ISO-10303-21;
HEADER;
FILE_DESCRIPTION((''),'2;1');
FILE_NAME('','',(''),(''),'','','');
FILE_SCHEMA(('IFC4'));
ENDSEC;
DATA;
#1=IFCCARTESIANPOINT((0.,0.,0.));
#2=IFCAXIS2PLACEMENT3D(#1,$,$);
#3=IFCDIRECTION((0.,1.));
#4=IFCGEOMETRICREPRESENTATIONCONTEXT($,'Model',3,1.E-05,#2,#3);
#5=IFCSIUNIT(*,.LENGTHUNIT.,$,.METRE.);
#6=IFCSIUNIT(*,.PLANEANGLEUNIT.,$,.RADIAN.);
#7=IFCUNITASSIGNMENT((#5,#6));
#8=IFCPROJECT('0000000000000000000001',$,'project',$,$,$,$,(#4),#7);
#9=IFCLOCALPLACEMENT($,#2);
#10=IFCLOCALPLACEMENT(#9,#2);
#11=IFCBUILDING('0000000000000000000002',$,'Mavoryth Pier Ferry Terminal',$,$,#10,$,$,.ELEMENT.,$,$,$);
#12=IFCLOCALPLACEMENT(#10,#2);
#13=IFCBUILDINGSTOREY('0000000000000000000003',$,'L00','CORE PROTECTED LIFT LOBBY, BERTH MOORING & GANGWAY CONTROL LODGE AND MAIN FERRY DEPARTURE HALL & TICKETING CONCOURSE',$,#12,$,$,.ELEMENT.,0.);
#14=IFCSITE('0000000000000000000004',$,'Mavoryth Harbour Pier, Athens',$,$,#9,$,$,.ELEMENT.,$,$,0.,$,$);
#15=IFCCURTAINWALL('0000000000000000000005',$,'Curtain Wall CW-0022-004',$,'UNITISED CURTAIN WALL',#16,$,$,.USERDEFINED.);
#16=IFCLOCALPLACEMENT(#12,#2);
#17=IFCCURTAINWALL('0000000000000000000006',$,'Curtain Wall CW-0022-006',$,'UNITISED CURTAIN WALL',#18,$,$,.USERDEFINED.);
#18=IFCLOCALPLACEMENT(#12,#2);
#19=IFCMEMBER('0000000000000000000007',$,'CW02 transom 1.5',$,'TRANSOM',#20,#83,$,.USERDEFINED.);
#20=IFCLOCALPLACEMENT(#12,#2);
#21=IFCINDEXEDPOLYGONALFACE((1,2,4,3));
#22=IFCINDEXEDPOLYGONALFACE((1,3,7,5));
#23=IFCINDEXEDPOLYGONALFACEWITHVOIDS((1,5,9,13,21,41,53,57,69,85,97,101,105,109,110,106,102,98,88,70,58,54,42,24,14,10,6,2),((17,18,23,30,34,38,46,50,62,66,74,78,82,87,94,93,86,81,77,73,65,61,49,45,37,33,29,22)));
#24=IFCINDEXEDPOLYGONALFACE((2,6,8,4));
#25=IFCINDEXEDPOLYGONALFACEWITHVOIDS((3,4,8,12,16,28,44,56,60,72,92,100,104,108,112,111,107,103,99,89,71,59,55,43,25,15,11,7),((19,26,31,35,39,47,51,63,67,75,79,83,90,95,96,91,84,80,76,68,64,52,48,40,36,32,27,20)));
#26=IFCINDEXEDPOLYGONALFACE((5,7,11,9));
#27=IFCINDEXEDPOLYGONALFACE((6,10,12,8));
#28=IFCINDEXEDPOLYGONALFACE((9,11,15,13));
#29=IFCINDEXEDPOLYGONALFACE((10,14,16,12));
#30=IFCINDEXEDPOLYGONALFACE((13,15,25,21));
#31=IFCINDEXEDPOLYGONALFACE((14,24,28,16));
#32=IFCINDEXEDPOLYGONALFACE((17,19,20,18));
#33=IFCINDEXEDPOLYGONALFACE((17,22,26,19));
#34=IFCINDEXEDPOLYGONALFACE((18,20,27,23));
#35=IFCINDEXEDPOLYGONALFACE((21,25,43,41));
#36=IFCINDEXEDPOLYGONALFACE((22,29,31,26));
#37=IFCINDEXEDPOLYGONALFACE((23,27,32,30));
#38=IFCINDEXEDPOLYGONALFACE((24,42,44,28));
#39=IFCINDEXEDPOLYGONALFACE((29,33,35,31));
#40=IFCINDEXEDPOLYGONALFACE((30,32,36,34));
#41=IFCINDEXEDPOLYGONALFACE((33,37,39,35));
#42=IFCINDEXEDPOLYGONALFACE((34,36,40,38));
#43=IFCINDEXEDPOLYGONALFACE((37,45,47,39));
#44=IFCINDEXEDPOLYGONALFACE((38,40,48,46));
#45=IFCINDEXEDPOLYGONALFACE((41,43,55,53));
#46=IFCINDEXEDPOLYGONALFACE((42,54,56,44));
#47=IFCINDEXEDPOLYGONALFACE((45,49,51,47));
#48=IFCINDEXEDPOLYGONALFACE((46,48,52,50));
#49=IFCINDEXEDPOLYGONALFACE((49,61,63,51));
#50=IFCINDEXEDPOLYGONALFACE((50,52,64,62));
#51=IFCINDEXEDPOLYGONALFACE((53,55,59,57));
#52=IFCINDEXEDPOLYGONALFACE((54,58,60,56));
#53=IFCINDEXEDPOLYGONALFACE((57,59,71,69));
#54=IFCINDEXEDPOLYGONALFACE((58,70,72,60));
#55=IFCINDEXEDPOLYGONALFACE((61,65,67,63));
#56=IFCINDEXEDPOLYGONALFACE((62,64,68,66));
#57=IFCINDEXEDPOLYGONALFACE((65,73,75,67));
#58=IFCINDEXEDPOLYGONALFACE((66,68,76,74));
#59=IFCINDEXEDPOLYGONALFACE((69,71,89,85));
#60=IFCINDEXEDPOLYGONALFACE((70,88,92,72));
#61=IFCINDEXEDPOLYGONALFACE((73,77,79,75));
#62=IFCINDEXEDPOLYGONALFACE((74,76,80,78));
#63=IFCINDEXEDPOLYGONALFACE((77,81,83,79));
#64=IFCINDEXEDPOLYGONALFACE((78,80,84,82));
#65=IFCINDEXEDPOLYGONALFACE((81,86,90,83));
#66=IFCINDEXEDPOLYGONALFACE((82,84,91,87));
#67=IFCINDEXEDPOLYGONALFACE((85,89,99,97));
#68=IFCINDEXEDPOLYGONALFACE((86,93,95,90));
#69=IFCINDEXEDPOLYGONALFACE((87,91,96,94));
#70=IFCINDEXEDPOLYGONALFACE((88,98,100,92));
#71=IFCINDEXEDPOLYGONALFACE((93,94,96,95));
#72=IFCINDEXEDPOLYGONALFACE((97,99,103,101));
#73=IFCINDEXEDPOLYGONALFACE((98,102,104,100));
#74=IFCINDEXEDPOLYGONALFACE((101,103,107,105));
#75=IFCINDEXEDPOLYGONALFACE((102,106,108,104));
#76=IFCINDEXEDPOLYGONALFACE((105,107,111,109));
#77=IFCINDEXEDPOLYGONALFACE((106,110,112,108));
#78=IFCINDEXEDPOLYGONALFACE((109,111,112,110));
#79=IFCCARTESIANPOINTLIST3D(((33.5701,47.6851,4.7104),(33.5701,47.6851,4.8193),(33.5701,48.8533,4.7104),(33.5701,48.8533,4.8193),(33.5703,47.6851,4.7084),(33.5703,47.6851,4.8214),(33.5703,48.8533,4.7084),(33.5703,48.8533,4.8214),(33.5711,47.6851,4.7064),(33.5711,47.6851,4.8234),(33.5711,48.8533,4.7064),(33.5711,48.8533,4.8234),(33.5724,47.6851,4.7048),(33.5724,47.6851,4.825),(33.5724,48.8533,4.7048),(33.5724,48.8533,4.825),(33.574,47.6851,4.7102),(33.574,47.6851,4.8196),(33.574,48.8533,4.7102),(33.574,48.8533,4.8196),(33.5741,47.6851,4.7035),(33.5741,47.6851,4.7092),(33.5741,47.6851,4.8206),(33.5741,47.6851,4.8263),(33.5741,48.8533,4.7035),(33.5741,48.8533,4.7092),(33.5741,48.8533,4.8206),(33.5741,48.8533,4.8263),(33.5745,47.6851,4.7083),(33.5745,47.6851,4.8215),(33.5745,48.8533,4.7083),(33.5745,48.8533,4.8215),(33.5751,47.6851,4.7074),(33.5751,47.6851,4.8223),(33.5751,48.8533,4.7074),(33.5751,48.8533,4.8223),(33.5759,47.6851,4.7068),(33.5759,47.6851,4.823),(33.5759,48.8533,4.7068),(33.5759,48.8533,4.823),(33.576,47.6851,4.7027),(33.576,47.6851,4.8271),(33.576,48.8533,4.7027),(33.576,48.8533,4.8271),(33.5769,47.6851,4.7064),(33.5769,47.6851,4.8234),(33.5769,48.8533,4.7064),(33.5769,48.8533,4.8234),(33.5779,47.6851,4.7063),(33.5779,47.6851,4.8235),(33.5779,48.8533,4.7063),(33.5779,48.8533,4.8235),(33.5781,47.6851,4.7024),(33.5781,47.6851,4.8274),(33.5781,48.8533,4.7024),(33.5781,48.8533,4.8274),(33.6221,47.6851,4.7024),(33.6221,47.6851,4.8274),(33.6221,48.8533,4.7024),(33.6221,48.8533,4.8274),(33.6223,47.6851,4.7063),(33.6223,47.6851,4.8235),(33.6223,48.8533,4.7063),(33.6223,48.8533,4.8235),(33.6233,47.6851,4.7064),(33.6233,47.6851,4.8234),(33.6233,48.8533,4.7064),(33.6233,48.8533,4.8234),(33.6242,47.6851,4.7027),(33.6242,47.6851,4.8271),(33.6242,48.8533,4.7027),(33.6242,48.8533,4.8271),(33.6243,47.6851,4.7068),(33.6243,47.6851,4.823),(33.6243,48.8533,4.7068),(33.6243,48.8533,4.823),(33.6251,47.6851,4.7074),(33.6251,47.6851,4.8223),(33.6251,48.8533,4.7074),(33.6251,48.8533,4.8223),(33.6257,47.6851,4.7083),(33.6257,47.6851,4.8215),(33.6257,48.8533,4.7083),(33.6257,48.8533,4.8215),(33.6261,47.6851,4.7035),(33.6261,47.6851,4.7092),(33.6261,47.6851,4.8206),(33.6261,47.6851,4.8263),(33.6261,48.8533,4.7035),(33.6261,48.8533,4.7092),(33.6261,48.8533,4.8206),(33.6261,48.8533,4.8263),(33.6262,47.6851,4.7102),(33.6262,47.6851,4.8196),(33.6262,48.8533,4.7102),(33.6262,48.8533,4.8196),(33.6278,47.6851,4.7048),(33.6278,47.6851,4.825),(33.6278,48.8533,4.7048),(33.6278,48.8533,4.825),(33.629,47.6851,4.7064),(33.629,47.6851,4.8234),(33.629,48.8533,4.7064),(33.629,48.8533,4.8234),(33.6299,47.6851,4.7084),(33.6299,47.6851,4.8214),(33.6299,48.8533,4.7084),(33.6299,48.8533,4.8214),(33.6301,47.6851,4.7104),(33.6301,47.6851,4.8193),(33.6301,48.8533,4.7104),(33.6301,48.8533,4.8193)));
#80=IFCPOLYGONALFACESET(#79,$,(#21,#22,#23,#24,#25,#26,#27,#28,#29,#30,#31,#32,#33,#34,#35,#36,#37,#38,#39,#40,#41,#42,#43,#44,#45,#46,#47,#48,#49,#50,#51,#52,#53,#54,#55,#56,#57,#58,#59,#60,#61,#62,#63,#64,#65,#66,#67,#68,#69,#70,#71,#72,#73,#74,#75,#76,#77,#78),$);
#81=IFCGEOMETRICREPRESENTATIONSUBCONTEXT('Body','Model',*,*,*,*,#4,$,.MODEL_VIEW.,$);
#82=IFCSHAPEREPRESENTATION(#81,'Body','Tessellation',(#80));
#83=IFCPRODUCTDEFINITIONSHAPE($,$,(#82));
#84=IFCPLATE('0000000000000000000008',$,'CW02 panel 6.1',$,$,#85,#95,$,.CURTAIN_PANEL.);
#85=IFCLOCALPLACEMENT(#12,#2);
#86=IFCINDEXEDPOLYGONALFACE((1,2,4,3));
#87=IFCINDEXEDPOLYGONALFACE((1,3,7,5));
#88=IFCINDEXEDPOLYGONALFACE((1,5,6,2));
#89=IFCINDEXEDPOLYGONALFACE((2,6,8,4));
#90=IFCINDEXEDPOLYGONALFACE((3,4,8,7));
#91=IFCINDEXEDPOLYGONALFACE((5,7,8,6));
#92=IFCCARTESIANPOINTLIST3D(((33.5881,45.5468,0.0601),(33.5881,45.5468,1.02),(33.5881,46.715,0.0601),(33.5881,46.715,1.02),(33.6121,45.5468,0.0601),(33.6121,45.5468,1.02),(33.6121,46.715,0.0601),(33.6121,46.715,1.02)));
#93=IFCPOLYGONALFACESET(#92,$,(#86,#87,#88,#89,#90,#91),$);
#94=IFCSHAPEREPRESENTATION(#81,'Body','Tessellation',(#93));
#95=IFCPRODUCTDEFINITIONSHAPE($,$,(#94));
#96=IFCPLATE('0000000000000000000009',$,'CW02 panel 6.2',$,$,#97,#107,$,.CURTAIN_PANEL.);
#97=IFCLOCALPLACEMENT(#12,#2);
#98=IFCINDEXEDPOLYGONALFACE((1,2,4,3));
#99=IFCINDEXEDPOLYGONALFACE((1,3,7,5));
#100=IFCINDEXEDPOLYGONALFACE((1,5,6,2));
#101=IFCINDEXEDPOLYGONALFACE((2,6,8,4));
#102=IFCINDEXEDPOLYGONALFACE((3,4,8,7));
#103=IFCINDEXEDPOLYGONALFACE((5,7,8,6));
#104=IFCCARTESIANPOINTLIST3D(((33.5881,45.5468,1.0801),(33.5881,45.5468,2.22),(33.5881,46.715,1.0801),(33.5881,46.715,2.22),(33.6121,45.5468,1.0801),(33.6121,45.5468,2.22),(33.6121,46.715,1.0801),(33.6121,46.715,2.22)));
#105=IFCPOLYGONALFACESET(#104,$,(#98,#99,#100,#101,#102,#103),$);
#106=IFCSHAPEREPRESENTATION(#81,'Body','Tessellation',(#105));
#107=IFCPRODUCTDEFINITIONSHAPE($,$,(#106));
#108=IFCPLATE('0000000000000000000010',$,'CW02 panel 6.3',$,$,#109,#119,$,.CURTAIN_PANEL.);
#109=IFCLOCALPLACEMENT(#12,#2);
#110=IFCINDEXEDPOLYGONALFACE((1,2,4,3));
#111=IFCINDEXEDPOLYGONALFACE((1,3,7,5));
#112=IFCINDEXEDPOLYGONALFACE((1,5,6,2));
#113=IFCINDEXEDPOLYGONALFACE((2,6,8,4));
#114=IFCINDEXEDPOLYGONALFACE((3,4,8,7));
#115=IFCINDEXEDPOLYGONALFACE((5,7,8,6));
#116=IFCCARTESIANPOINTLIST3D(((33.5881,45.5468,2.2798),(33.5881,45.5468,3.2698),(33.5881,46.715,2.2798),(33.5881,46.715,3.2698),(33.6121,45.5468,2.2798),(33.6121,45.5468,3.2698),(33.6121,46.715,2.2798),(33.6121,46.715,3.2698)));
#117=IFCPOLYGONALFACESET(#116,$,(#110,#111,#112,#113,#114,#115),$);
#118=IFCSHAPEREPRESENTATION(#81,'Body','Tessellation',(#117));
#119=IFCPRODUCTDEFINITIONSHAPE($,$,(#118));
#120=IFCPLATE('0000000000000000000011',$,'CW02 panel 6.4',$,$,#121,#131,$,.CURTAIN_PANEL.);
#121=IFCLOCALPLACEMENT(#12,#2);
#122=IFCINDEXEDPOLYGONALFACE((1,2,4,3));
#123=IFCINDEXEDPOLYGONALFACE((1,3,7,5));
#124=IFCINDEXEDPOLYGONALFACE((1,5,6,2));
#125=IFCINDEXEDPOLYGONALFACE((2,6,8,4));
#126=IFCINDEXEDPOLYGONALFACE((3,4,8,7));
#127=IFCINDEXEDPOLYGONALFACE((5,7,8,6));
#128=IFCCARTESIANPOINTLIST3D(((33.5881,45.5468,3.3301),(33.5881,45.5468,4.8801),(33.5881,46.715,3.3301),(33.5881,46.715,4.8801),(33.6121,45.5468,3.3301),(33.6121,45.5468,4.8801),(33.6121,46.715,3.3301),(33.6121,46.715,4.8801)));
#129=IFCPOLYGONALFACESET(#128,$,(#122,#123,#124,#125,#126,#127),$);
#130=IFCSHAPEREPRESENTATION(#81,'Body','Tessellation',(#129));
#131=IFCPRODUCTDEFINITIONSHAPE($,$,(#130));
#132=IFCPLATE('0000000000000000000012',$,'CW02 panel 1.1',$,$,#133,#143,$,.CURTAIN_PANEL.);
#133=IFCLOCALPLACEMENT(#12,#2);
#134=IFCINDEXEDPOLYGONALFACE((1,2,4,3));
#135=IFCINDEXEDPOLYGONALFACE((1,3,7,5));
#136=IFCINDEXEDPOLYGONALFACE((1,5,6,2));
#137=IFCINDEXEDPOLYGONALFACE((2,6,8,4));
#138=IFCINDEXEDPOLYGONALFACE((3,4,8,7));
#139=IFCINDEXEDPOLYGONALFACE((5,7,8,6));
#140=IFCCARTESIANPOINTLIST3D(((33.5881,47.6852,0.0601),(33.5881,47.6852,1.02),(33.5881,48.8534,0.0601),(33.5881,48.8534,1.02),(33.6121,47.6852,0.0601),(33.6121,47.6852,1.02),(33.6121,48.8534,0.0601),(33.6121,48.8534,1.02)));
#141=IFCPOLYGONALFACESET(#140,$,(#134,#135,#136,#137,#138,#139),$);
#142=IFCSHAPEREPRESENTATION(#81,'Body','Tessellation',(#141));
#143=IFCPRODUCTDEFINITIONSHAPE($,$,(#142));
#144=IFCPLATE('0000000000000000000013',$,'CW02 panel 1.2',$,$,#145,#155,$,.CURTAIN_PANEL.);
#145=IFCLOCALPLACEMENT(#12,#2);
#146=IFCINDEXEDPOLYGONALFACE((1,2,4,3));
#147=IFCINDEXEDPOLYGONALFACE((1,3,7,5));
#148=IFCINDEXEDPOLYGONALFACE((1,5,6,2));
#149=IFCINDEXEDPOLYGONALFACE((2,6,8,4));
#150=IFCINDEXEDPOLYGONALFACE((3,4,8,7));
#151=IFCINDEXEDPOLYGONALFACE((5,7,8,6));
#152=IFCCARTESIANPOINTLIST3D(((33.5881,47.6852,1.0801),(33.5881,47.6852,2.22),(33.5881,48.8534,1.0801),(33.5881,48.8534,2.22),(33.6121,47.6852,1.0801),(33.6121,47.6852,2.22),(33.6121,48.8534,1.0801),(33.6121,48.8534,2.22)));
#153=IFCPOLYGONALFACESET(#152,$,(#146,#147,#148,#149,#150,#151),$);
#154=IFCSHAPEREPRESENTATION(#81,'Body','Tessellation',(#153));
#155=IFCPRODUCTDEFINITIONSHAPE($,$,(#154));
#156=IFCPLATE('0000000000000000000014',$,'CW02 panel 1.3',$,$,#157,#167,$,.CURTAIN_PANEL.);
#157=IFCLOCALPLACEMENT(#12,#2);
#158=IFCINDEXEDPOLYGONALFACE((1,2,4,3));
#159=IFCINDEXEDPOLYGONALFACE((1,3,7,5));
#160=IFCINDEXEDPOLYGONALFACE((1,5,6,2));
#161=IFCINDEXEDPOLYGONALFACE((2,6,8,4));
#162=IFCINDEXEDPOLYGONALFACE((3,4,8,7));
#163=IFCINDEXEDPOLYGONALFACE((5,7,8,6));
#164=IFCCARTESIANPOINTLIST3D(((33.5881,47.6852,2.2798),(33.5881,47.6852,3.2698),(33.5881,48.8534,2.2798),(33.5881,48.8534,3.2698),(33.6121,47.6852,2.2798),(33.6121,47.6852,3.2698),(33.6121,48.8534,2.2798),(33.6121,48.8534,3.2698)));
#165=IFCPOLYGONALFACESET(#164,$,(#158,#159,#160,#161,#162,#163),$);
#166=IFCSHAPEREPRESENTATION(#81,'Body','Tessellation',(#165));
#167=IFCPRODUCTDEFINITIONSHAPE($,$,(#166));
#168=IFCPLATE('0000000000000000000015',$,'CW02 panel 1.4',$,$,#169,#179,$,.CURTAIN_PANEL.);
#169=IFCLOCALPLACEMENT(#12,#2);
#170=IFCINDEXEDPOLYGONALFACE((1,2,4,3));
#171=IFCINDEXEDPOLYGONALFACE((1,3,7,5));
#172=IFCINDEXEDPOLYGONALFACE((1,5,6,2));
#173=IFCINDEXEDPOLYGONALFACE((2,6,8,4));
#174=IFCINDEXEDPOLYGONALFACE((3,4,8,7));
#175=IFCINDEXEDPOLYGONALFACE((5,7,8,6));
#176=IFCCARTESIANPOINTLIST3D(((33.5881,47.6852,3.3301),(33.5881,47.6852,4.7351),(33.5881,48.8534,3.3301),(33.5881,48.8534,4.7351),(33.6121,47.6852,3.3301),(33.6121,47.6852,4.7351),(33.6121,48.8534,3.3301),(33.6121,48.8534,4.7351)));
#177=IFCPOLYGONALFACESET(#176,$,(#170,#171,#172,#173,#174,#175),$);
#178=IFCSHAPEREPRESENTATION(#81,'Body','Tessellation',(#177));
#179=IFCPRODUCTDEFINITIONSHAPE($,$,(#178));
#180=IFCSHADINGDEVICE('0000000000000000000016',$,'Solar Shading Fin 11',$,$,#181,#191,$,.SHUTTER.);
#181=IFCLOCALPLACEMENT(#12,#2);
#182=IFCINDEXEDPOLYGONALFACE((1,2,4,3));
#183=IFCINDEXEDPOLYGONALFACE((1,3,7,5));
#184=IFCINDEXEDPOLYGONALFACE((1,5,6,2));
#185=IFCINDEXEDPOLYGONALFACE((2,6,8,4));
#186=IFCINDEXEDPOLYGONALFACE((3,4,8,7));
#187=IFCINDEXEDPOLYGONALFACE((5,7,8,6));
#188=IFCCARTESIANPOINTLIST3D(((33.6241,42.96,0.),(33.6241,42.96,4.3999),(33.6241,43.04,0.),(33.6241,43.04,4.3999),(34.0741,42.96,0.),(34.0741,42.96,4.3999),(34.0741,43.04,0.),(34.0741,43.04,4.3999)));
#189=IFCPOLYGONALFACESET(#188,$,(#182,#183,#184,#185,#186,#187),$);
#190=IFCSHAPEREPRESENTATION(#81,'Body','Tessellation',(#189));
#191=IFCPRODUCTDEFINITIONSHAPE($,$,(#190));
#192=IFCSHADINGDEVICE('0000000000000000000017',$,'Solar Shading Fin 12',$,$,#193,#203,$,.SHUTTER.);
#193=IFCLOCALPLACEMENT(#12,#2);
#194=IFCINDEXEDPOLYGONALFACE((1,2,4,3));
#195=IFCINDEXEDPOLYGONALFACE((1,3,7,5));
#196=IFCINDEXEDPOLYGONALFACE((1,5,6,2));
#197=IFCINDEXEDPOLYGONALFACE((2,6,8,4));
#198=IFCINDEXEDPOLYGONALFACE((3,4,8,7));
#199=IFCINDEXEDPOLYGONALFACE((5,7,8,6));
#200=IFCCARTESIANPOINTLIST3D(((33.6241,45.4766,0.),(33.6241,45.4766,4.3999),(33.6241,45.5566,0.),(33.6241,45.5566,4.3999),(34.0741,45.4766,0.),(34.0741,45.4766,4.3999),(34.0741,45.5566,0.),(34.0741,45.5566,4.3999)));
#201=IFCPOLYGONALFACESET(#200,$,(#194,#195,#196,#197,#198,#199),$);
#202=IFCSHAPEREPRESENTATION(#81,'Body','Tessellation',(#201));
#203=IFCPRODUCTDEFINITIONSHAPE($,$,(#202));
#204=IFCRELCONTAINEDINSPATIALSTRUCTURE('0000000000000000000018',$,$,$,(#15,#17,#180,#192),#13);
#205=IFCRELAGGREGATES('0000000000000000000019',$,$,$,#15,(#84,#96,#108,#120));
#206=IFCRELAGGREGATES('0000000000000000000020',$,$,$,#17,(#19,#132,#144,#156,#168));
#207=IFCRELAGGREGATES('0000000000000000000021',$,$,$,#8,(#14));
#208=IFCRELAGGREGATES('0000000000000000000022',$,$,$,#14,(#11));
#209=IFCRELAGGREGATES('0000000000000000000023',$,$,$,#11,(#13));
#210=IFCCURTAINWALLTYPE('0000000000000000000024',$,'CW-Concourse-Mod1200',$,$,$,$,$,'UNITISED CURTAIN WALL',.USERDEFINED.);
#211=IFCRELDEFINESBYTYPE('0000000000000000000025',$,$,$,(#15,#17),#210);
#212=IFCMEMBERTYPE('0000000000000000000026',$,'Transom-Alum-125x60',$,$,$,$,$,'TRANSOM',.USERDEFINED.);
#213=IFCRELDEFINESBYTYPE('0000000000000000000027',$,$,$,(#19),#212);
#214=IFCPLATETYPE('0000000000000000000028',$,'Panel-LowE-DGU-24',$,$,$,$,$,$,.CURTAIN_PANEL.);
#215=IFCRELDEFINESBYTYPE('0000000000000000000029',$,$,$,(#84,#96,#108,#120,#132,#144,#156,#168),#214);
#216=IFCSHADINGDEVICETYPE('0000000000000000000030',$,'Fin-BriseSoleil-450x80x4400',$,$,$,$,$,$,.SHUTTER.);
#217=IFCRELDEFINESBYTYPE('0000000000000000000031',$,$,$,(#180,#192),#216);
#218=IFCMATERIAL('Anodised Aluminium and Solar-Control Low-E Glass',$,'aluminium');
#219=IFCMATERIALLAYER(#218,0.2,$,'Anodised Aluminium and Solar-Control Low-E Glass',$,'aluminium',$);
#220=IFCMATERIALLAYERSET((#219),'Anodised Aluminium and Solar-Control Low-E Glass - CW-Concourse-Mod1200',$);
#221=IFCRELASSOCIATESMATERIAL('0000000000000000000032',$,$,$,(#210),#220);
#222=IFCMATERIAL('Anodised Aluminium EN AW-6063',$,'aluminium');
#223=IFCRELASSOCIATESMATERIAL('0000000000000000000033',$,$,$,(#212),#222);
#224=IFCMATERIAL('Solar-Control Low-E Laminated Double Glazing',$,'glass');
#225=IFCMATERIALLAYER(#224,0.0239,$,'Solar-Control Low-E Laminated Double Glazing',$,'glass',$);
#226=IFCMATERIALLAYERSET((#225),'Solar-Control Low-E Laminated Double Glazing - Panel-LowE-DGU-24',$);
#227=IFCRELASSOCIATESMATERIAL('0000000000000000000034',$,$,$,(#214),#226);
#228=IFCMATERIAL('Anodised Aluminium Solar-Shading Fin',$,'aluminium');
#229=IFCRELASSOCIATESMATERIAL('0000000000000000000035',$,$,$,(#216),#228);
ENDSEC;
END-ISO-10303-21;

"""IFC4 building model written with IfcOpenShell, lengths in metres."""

from ifc_helpers import new_model, si_unit, direction, frame, origin, origin_2d, place, context, subcontext, project, spatial, rectangle, hollow_rectangle, extrude, material, layer, layer_set, material_profile, profile_set, type_object, element, aggregate, save


model = new_model("IFC4")

# Units and contexts
model_context = context("Model", 3, precision=1e-05, world=origin(), true_north=direction((0.0, 1.0)))
body_context = subcontext(model_context, "Body", "Model", "MODEL_VIEW")
ifc_project = project(units=[si_unit("LENGTHUNIT", "METRE"), si_unit("PLANEANGLEUNIT", "RADIAN")], contexts=[model_context])

# Site, building, storey
site_placement = place(None, origin())
site = spatial("IfcSite", under=ifc_project, at=site_placement, Name="Mavoryth Harbour Pier, Athens", CompositionType="ELEMENT", RefElevation=0.0)
building_placement = place(site_placement, origin())
building = spatial("IfcBuilding", under=site, at=building_placement, Name="Mavoryth Pier Ferry Terminal", CompositionType="ELEMENT")
storey_placement = place(building_placement, origin())
storey = spatial("IfcBuildingStorey", under=building, at=storey_placement, Name="L00", Description="CORE PROTECTED LIFT LOBBY, BERTH MOORING & GANGWAY CONTROL LODGE AND MAIN FERRY DEPARTURE HALL & TICKETING CONCOURSE", CompositionType="ELEMENT", Elevation=0.0)

# Curtain walls
ifc_material_1 = material(Name="Anodised Aluminium and Solar-Control Low-E Glass", Category="aluminium")
ifc_layer_1 = layer(ifc_material_1, 0.2, Name="Anodised Aluminium and Solar-Control Low-E Glass", Category="aluminium")
ifc_layer_set_1 = layer_set([ifc_layer_1], Name="Anodised Aluminium and Solar-Control Low-E Glass - CW-Concourse-Mod1200")
curtain_wall_type = type_object("IfcCurtainWallType", Name="CW-Concourse-Mod1200", ElementType="UNITISED CURTAIN WALL", PredefinedType="USERDEFINED", material=ifc_layer_set_1)
curtain_wall_1_placement = place(storey_placement, origin())
curtain_wall_1 = element("IfcCurtainWall", 1, at=curtain_wall_1_placement, inside=storey, type_object=curtain_wall_type, Name="Curtain Wall CW-0022-004", ObjectType="UNITISED CURTAIN WALL", PredefinedType="USERDEFINED")
ifc_material_2 = material(Name="Anodised Aluminium EN AW-6063", Category="aluminium")
curtain_wall_2_placement = place(storey_placement, origin())
curtain_wall_2 = element("IfcCurtainWall", 2, at=curtain_wall_2_placement, inside=storey, type_object=curtain_wall_type, Name="Curtain Wall CW-0022-006", ObjectType="UNITISED CURTAIN WALL", PredefinedType="USERDEFINED")

# Member
ifc_material_profile_1 = material_profile(ifc_material_2, hollow_rectangle(XDim=0.0601, YDim=0.125, WallThickness=0.0039, InnerFilletRadius=0.0039, OuterFilletRadius=0.0081, at=origin_2d()), Name="AL-TRAN 125x60x4", Category="aluminium")
ifc_profile_set_1 = profile_set([ifc_material_profile_1], Name="Anodised Aluminium EN AW-6063 - AL-TRAN 125x60x4")
member_type_1 = type_object("IfcMemberType", Name="Transom-Alum-125x60", ElementType="TRANSOM", PredefinedType="USERDEFINED", material=ifc_profile_set_1)
member_1_placement = place(storey_placement, frame((33.6001, 47.6851, 4.7649), z_axis=(0.0, 1.0, 0.0), x_axis=(-1.0, 0.0, 0.0)))
member_1 = element("IfcMember", 3, at=member_1_placement, type_object=member_type_1, Name="CW02 transom 1.5", ObjectType="TRANSOM", PredefinedType="USERDEFINED", context=body_context, shape_type="SweptSolid", body=[
    extrude(hollow_rectangle(XDim=0.0601, YDim=0.125, WallThickness=0.0039, InnerFilletRadius=0.0039, OuterFilletRadius=0.0081, at=origin_2d()), origin(), (0.0, 0.0, 1.0), 1.1682),
])

# Plates
ifc_material_3 = material(Name="Solar-Control Low-E Laminated Double Glazing", Category="glass")
ifc_layer_2 = layer(ifc_material_3, 0.0239, Name="Solar-Control Low-E Laminated Double Glazing", Category="glass")
ifc_layer_set_2 = layer_set([ifc_layer_2], Name="Solar-Control Low-E Laminated Double Glazing - Panel-LowE-DGU-24")
plate_type = type_object("IfcPlateType", Name="Panel-LowE-DGU-24", PredefinedType="CURTAIN_PANEL", material=ifc_layer_set_2)
plate_1_placement = place(storey_placement, frame((33.6001, 46.1309, 0.0601), z_axis=(0.0, 0.0, 1.0), x_axis=(0.0, 1.0, 0.0)))
plate_1 = element("IfcPlate", 4, at=plate_1_placement, type_object=plate_type, Name="CW02 panel 6.1", PredefinedType="CURTAIN_PANEL", context=body_context, shape_type="SweptSolid", body=[
    extrude(rectangle(XDim=1.1682, YDim=0.0239, at=origin_2d()), origin(), (0.0, 0.0, 1.0), 0.96),
])
plate_2_placement = place(storey_placement, frame((33.6001, 46.1309, 1.0801), z_axis=(0.0, 0.0, 1.0), x_axis=(0.0, 1.0, 0.0)))
plate_2 = element("IfcPlate", 5, at=plate_2_placement, type_object=plate_type, Name="CW02 panel 6.2", PredefinedType="CURTAIN_PANEL", context=body_context, shape_type="SweptSolid", body=[
    extrude(rectangle(XDim=1.1682, YDim=0.0239, at=origin_2d()), origin(), (0.0, 0.0, 1.0), 1.1399),
])
plate_3_placement = place(storey_placement, frame((33.6001, 46.1309, 2.2798), z_axis=(0.0, 0.0, 1.0), x_axis=(0.0, 1.0, 0.0)))
plate_3 = element("IfcPlate", 6, at=plate_3_placement, type_object=plate_type, Name="CW02 panel 6.3", PredefinedType="CURTAIN_PANEL", context=body_context, shape_type="SweptSolid", body=[
    extrude(rectangle(XDim=1.1682, YDim=0.0239, at=origin_2d()), origin(), (0.0, 0.0, 1.0), 0.99),
])
plate_4_placement = place(storey_placement, frame((33.6001, 46.1309, 3.3301), z_axis=(0.0, 0.0, 1.0), x_axis=(0.0, 1.0, 0.0)))
plate_4 = element("IfcPlate", 7, at=plate_4_placement, type_object=plate_type, Name="CW02 panel 6.4", PredefinedType="CURTAIN_PANEL", context=body_context, shape_type="SweptSolid", body=[
    extrude(rectangle(XDim=1.1682, YDim=0.0239, at=origin_2d()), origin(), (0.0, 0.0, 1.0), 1.55),
])
aggregate(curtain_wall_1, [plate_1, plate_2, plate_3, plate_4])
plate_5_placement = place(storey_placement, frame((33.6001, 48.2693, 0.0601), z_axis=(0.0, 0.0, 1.0), x_axis=(0.0, 1.0, 0.0)))
plate_5 = element("IfcPlate", 8, at=plate_5_placement, type_object=plate_type, Name="CW02 panel 1.1", PredefinedType="CURTAIN_PANEL", context=body_context, shape_type="SweptSolid", body=[
    extrude(rectangle(XDim=1.1682, YDim=0.0239, at=origin_2d()), origin(), (0.0, 0.0, 1.0), 0.96),
])
plate_6_placement = place(storey_placement, frame((33.6001, 48.2693, 1.0801), z_axis=(0.0, 0.0, 1.0), x_axis=(0.0, 1.0, 0.0)))
plate_6 = element("IfcPlate", 9, at=plate_6_placement, type_object=plate_type, Name="CW02 panel 1.2", PredefinedType="CURTAIN_PANEL", context=body_context, shape_type="SweptSolid", body=[
    extrude(rectangle(XDim=1.1682, YDim=0.0239, at=origin_2d()), origin(), (0.0, 0.0, 1.0), 1.1399),
])
plate_7_placement = place(storey_placement, frame((33.6001, 48.2693, 2.2798), z_axis=(0.0, 0.0, 1.0), x_axis=(0.0, 1.0, 0.0)))
plate_7 = element("IfcPlate", 10, at=plate_7_placement, type_object=plate_type, Name="CW02 panel 1.3", PredefinedType="CURTAIN_PANEL", context=body_context, shape_type="SweptSolid", body=[
    extrude(rectangle(XDim=1.1682, YDim=0.0239, at=origin_2d()), origin(), (0.0, 0.0, 1.0), 0.99),
])
plate_8_placement = place(storey_placement, frame((33.6001, 48.2693, 3.3301), z_axis=(0.0, 0.0, 1.0), x_axis=(0.0, 1.0, 0.0)))
plate_8 = element("IfcPlate", 11, at=plate_8_placement, type_object=plate_type, Name="CW02 panel 1.4", PredefinedType="CURTAIN_PANEL", context=body_context, shape_type="SweptSolid", body=[
    extrude(rectangle(XDim=1.1682, YDim=0.0239, at=origin_2d()), origin(), (0.0, 0.0, 1.0), 1.405),
])
aggregate(curtain_wall_2, [member_1, plate_5, plate_6, plate_7, plate_8])

# Shading devices
ifc_material_4 = material(Name="Anodised Aluminium Solar-Shading Fin", Category="aluminium")
shading_device_type = type_object("IfcShadingDeviceType", Name="Fin-BriseSoleil-450x80x4400", PredefinedType="SHUTTER", material=ifc_material_4)
for number, where, z_axis, x_axis, name in (
    (12, (33.8491, 43.0, 0.0), (0.0, 0.0, 1.0), (0.0, 1.0, 0.0), "Solar Shading Fin 11"),
    (13, (33.8491, 45.5166, 0.0), (0.0, 0.0, 1.0), (0.0, 1.0, 0.0), "Solar Shading Fin 12"),
):
    element("IfcShadingDevice", number, at=place(storey_placement, frame(where, z_axis=z_axis, x_axis=x_axis)), inside=storey, type_object=shading_device_type, Name=name, PredefinedType="SHUTTER", context=body_context, shape_type="SweptSolid", body=[
        extrude(rectangle(XDim=0.0801, YDim=0.45, at=origin_2d()), origin(), (0.0, 0.0, 1.0), 4.3999),
    ])

save(model, "model.ifc")
